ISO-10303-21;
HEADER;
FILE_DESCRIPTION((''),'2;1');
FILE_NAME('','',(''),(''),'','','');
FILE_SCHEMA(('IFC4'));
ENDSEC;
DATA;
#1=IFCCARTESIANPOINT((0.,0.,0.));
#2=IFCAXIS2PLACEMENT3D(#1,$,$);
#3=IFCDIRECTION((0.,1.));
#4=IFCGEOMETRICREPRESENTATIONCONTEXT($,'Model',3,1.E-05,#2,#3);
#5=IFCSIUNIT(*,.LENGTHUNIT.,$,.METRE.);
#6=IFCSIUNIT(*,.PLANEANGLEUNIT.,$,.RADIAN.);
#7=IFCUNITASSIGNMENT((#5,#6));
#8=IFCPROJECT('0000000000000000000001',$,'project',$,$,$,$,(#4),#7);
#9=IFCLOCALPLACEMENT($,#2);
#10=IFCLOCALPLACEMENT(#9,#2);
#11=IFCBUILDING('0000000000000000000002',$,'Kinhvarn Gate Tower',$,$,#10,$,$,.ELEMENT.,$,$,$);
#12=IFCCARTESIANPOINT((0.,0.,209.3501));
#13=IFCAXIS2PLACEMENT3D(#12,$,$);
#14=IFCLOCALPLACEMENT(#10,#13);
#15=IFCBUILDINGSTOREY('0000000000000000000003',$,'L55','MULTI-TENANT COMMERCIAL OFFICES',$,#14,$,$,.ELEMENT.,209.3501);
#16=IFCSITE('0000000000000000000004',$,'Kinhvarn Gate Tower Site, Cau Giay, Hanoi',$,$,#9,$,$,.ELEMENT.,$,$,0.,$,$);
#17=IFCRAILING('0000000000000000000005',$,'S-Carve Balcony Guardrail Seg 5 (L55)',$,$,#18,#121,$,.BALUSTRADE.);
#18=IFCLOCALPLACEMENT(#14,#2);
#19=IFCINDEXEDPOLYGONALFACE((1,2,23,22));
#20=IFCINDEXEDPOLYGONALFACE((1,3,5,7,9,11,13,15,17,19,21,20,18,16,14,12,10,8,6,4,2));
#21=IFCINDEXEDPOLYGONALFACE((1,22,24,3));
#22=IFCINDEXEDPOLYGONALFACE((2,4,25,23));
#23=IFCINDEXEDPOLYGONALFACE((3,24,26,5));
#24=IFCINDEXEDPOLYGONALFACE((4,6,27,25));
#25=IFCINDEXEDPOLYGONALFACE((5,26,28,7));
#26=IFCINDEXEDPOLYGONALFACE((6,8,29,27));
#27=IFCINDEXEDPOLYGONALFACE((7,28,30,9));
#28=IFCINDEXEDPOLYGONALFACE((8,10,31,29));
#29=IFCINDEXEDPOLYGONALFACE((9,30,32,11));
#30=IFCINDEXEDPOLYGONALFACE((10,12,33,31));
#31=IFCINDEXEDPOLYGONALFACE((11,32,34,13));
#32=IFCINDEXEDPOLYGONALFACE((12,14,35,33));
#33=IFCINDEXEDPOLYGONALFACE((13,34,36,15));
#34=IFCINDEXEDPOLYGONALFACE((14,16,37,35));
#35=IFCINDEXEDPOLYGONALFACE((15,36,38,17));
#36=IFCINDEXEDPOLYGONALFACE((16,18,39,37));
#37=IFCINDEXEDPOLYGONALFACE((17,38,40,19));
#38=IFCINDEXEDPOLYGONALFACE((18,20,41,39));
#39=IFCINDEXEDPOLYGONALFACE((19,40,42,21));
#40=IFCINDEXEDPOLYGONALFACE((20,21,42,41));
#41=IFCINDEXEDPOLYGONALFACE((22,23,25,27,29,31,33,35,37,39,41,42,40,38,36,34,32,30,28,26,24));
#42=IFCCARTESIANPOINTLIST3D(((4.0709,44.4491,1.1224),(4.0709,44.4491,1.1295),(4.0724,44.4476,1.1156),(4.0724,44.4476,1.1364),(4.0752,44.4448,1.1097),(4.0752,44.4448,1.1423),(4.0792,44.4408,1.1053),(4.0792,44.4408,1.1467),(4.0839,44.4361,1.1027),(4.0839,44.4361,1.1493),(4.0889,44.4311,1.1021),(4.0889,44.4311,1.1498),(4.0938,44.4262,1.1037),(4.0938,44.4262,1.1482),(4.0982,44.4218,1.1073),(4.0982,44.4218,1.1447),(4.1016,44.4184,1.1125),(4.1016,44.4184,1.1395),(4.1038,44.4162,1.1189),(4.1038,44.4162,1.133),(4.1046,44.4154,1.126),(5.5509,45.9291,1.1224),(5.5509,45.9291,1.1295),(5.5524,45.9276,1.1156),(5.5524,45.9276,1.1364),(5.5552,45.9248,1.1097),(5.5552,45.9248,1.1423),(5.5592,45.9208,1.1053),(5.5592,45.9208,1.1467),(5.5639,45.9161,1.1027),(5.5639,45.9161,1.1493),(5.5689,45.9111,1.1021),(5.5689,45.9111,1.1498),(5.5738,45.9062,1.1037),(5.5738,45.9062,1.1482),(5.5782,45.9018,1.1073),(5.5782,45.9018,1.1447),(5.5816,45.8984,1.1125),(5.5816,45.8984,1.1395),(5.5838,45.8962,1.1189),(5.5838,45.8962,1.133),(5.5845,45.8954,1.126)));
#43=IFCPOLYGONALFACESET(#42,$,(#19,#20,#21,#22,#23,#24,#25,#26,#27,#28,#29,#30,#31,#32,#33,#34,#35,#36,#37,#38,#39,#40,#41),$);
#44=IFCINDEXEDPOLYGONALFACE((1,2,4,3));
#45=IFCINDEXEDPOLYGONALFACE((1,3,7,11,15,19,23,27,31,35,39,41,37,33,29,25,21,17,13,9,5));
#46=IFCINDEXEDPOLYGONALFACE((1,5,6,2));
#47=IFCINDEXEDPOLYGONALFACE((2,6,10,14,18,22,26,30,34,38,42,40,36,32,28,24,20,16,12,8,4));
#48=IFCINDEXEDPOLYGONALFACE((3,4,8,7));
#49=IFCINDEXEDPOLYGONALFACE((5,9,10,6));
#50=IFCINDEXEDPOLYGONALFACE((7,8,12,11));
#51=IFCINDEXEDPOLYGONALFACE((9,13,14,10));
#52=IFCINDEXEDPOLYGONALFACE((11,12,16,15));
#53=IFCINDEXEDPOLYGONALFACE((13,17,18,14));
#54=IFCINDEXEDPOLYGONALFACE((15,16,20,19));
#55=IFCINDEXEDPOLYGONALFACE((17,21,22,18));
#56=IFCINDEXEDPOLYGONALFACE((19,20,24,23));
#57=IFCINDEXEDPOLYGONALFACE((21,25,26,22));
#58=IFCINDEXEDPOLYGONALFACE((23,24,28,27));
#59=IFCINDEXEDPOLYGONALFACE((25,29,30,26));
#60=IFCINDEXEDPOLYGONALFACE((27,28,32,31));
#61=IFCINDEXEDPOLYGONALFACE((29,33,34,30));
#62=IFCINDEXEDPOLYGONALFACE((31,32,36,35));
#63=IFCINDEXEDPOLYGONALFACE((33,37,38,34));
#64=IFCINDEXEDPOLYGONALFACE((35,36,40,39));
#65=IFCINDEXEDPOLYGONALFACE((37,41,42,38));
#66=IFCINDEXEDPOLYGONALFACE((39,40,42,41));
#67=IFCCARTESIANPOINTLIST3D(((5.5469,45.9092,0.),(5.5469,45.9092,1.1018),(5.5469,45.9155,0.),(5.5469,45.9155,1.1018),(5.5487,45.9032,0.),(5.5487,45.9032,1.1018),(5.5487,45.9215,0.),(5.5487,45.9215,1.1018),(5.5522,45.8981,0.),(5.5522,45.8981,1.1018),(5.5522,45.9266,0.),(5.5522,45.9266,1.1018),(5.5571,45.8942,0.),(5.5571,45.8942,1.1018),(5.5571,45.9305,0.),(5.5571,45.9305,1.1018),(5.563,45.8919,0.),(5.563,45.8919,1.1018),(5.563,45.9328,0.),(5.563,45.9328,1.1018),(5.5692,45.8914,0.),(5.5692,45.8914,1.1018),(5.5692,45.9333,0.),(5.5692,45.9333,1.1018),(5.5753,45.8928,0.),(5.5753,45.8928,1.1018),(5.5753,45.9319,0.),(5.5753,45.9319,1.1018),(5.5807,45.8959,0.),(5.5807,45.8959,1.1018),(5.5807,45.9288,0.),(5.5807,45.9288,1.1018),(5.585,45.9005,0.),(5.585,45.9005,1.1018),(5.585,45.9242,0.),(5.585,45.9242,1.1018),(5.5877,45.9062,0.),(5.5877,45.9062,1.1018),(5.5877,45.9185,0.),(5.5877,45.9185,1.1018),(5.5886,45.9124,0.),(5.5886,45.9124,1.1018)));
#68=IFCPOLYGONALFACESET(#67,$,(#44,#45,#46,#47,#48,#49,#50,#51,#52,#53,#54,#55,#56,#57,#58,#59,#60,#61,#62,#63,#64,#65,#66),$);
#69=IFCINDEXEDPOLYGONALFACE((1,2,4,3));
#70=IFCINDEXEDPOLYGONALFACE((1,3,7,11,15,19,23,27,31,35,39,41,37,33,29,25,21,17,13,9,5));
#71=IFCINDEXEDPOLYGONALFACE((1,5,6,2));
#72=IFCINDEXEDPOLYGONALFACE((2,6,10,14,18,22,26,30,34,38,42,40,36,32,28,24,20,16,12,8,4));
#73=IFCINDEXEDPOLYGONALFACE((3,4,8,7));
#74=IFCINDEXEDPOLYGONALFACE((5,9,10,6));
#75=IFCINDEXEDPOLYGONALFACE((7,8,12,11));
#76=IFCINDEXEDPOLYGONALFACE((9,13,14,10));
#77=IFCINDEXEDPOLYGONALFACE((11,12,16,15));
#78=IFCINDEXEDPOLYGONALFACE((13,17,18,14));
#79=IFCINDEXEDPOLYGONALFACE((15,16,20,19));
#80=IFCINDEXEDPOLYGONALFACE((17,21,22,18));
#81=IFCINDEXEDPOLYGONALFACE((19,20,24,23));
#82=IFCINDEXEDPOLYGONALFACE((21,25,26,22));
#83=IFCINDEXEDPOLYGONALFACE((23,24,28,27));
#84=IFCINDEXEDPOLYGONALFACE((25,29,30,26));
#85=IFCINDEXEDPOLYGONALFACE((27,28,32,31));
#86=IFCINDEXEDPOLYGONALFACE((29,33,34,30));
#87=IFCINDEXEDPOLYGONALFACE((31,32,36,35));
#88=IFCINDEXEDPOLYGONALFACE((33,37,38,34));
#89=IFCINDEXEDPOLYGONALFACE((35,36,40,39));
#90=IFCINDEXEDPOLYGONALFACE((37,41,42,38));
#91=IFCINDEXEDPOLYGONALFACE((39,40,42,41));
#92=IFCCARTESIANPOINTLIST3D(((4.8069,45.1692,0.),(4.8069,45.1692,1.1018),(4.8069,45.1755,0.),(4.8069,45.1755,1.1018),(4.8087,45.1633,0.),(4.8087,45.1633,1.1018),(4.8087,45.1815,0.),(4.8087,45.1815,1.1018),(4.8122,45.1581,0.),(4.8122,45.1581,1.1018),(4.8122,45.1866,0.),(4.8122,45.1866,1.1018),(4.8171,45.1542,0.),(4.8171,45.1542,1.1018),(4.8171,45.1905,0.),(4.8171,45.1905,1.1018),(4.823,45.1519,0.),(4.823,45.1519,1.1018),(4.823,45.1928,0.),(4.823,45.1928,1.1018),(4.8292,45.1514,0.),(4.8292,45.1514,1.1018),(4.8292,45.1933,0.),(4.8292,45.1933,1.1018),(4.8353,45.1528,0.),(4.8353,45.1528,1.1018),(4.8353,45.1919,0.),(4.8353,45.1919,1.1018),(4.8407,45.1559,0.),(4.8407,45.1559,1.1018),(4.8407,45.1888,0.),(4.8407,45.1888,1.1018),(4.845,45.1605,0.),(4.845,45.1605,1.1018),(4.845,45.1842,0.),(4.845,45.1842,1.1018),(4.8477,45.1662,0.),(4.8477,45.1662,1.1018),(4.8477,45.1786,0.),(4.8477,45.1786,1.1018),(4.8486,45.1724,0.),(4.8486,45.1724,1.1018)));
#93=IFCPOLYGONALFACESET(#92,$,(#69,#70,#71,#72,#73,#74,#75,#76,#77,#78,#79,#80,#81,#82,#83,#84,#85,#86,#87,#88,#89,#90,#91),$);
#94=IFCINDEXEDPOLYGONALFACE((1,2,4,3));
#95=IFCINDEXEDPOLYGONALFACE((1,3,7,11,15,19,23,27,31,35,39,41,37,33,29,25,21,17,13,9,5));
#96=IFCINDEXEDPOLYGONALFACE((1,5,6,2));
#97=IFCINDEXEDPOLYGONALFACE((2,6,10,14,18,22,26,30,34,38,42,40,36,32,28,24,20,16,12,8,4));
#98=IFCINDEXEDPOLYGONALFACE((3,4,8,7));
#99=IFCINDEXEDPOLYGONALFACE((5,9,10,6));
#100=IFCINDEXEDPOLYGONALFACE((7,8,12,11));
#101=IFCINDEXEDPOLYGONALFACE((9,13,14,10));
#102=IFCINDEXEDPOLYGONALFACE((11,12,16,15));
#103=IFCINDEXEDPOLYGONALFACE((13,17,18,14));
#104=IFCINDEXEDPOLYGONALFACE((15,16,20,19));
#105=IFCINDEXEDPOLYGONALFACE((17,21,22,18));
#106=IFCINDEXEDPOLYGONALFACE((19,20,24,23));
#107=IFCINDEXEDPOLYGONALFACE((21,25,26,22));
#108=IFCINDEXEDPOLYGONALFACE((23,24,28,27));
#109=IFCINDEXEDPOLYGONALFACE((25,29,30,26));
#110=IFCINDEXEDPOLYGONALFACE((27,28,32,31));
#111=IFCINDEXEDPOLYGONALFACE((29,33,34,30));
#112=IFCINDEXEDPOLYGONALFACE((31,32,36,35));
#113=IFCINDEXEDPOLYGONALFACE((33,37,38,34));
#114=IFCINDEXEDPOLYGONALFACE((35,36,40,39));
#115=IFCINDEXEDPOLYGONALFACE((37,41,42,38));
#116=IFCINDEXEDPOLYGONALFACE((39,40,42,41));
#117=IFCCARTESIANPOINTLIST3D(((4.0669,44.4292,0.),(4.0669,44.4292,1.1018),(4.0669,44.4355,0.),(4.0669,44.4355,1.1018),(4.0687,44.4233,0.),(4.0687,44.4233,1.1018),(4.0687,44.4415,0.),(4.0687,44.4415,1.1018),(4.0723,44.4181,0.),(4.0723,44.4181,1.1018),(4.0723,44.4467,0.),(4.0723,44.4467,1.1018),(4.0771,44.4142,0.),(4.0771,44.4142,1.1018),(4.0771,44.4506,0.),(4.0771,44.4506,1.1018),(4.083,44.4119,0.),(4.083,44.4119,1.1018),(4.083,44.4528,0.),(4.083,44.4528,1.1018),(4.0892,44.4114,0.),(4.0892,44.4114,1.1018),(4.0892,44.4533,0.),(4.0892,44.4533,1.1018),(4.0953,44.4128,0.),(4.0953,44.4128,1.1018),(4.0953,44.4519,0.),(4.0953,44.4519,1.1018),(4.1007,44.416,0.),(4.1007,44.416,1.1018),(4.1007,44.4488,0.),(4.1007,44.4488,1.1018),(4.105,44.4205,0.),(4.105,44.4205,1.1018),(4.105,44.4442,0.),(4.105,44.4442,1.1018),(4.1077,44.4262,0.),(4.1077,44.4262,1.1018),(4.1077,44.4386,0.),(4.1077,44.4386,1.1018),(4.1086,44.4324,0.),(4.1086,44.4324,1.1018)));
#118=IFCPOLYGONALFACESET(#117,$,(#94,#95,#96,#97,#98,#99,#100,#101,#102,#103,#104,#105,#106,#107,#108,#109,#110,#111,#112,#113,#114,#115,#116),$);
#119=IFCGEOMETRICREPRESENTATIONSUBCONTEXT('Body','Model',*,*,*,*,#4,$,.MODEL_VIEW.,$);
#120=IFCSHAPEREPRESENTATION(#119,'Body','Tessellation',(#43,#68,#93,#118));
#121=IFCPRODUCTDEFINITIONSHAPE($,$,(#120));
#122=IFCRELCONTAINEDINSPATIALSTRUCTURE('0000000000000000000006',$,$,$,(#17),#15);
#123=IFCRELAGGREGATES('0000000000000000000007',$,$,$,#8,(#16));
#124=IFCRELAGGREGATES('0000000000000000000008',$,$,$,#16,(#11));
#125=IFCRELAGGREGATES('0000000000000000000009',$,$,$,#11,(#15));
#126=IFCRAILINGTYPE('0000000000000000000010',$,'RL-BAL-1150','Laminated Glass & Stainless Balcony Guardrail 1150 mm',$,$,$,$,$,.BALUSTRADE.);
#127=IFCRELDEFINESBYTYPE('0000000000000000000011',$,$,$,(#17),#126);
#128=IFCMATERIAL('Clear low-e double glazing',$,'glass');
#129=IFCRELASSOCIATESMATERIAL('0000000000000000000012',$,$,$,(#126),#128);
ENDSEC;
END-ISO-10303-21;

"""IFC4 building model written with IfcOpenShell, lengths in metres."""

from ifc_helpers import new_model, si_unit, direction, frame, origin, origin_2d, place, context, subcontext, project, spatial, circle, extrude, material, type_object, element, save


model = new_model("IFC4")

# Units and contexts
model_context = context("Model", 3, precision=1e-05, world=origin(), true_north=direction((0.0, 1.0)))
body_context = subcontext(model_context, "Body", "Model", "MODEL_VIEW")
ifc_project = project(units=[si_unit("LENGTHUNIT", "METRE"), si_unit("PLANEANGLEUNIT", "RADIAN")], contexts=[model_context])

# Site, building, storey
site_placement = place(None, origin())
site = spatial("IfcSite", under=ifc_project, at=site_placement, Name="Kinhvarn Gate Tower Site, Cau Giay, Hanoi", CompositionType="ELEMENT", RefElevation=0.0)
building_placement = place(site_placement, origin())
building = spatial("IfcBuilding", under=site, at=building_placement, Name="Kinhvarn Gate Tower", CompositionType="ELEMENT")
storey_placement = place(building_placement, frame((0.0, 0.0, 209.3501)))
storey = spatial("IfcBuildingStorey", under=building, at=storey_placement, Name="L55", Description="MULTI-TENANT COMMERCIAL OFFICES", CompositionType="ELEMENT", Elevation=209.3501)

# Shared definitions
ifc_material_1 = material(Name="Clear low-e double glazing", Category="glass")

# Railing
railing_type_1 = type_object("IfcRailingType", Name="RL-BAL-1150", Description="Laminated Glass & Stainless Balcony Guardrail 1150 mm", PredefinedType="BALUSTRADE", material=ifc_material_1)
railing_1_placement = place(storey_placement, frame((5.5676, 45.9124, 0.0)))
element("IfcRailing", 1, at=railing_1_placement, inside=storey, type_object=railing_type_1, Name="S-Carve Balcony Guardrail Seg 5 (L55)", PredefinedType="BALUSTRADE", context=body_context, shape_type="SweptSolid", body=[
    extrude(circle(Radius=0.0239, at=origin_2d()), frame((0.0, 0.0, 1.126), z_axis=(-0.707107, -0.707107, 0.0), x_axis=(0.707107, -0.707107, 0.0)), (0.0, 0.0, 1.0), 2.093),
    extrude(circle(Radius=0.021, at=origin_2d()), origin(), (0.0, 0.0, 1.0), 1.1018),
    extrude(circle(Radius=0.021, at=origin_2d()), frame((-0.74, -0.74, 0.0)), (0.0, 0.0, 1.0), 1.1018),
    extrude(circle(Radius=0.021, at=origin_2d()), frame((-1.48, -1.48, 0.0)), (0.0, 0.0, 1.0), 1.1018),
])

save(model, "model.ifc")
